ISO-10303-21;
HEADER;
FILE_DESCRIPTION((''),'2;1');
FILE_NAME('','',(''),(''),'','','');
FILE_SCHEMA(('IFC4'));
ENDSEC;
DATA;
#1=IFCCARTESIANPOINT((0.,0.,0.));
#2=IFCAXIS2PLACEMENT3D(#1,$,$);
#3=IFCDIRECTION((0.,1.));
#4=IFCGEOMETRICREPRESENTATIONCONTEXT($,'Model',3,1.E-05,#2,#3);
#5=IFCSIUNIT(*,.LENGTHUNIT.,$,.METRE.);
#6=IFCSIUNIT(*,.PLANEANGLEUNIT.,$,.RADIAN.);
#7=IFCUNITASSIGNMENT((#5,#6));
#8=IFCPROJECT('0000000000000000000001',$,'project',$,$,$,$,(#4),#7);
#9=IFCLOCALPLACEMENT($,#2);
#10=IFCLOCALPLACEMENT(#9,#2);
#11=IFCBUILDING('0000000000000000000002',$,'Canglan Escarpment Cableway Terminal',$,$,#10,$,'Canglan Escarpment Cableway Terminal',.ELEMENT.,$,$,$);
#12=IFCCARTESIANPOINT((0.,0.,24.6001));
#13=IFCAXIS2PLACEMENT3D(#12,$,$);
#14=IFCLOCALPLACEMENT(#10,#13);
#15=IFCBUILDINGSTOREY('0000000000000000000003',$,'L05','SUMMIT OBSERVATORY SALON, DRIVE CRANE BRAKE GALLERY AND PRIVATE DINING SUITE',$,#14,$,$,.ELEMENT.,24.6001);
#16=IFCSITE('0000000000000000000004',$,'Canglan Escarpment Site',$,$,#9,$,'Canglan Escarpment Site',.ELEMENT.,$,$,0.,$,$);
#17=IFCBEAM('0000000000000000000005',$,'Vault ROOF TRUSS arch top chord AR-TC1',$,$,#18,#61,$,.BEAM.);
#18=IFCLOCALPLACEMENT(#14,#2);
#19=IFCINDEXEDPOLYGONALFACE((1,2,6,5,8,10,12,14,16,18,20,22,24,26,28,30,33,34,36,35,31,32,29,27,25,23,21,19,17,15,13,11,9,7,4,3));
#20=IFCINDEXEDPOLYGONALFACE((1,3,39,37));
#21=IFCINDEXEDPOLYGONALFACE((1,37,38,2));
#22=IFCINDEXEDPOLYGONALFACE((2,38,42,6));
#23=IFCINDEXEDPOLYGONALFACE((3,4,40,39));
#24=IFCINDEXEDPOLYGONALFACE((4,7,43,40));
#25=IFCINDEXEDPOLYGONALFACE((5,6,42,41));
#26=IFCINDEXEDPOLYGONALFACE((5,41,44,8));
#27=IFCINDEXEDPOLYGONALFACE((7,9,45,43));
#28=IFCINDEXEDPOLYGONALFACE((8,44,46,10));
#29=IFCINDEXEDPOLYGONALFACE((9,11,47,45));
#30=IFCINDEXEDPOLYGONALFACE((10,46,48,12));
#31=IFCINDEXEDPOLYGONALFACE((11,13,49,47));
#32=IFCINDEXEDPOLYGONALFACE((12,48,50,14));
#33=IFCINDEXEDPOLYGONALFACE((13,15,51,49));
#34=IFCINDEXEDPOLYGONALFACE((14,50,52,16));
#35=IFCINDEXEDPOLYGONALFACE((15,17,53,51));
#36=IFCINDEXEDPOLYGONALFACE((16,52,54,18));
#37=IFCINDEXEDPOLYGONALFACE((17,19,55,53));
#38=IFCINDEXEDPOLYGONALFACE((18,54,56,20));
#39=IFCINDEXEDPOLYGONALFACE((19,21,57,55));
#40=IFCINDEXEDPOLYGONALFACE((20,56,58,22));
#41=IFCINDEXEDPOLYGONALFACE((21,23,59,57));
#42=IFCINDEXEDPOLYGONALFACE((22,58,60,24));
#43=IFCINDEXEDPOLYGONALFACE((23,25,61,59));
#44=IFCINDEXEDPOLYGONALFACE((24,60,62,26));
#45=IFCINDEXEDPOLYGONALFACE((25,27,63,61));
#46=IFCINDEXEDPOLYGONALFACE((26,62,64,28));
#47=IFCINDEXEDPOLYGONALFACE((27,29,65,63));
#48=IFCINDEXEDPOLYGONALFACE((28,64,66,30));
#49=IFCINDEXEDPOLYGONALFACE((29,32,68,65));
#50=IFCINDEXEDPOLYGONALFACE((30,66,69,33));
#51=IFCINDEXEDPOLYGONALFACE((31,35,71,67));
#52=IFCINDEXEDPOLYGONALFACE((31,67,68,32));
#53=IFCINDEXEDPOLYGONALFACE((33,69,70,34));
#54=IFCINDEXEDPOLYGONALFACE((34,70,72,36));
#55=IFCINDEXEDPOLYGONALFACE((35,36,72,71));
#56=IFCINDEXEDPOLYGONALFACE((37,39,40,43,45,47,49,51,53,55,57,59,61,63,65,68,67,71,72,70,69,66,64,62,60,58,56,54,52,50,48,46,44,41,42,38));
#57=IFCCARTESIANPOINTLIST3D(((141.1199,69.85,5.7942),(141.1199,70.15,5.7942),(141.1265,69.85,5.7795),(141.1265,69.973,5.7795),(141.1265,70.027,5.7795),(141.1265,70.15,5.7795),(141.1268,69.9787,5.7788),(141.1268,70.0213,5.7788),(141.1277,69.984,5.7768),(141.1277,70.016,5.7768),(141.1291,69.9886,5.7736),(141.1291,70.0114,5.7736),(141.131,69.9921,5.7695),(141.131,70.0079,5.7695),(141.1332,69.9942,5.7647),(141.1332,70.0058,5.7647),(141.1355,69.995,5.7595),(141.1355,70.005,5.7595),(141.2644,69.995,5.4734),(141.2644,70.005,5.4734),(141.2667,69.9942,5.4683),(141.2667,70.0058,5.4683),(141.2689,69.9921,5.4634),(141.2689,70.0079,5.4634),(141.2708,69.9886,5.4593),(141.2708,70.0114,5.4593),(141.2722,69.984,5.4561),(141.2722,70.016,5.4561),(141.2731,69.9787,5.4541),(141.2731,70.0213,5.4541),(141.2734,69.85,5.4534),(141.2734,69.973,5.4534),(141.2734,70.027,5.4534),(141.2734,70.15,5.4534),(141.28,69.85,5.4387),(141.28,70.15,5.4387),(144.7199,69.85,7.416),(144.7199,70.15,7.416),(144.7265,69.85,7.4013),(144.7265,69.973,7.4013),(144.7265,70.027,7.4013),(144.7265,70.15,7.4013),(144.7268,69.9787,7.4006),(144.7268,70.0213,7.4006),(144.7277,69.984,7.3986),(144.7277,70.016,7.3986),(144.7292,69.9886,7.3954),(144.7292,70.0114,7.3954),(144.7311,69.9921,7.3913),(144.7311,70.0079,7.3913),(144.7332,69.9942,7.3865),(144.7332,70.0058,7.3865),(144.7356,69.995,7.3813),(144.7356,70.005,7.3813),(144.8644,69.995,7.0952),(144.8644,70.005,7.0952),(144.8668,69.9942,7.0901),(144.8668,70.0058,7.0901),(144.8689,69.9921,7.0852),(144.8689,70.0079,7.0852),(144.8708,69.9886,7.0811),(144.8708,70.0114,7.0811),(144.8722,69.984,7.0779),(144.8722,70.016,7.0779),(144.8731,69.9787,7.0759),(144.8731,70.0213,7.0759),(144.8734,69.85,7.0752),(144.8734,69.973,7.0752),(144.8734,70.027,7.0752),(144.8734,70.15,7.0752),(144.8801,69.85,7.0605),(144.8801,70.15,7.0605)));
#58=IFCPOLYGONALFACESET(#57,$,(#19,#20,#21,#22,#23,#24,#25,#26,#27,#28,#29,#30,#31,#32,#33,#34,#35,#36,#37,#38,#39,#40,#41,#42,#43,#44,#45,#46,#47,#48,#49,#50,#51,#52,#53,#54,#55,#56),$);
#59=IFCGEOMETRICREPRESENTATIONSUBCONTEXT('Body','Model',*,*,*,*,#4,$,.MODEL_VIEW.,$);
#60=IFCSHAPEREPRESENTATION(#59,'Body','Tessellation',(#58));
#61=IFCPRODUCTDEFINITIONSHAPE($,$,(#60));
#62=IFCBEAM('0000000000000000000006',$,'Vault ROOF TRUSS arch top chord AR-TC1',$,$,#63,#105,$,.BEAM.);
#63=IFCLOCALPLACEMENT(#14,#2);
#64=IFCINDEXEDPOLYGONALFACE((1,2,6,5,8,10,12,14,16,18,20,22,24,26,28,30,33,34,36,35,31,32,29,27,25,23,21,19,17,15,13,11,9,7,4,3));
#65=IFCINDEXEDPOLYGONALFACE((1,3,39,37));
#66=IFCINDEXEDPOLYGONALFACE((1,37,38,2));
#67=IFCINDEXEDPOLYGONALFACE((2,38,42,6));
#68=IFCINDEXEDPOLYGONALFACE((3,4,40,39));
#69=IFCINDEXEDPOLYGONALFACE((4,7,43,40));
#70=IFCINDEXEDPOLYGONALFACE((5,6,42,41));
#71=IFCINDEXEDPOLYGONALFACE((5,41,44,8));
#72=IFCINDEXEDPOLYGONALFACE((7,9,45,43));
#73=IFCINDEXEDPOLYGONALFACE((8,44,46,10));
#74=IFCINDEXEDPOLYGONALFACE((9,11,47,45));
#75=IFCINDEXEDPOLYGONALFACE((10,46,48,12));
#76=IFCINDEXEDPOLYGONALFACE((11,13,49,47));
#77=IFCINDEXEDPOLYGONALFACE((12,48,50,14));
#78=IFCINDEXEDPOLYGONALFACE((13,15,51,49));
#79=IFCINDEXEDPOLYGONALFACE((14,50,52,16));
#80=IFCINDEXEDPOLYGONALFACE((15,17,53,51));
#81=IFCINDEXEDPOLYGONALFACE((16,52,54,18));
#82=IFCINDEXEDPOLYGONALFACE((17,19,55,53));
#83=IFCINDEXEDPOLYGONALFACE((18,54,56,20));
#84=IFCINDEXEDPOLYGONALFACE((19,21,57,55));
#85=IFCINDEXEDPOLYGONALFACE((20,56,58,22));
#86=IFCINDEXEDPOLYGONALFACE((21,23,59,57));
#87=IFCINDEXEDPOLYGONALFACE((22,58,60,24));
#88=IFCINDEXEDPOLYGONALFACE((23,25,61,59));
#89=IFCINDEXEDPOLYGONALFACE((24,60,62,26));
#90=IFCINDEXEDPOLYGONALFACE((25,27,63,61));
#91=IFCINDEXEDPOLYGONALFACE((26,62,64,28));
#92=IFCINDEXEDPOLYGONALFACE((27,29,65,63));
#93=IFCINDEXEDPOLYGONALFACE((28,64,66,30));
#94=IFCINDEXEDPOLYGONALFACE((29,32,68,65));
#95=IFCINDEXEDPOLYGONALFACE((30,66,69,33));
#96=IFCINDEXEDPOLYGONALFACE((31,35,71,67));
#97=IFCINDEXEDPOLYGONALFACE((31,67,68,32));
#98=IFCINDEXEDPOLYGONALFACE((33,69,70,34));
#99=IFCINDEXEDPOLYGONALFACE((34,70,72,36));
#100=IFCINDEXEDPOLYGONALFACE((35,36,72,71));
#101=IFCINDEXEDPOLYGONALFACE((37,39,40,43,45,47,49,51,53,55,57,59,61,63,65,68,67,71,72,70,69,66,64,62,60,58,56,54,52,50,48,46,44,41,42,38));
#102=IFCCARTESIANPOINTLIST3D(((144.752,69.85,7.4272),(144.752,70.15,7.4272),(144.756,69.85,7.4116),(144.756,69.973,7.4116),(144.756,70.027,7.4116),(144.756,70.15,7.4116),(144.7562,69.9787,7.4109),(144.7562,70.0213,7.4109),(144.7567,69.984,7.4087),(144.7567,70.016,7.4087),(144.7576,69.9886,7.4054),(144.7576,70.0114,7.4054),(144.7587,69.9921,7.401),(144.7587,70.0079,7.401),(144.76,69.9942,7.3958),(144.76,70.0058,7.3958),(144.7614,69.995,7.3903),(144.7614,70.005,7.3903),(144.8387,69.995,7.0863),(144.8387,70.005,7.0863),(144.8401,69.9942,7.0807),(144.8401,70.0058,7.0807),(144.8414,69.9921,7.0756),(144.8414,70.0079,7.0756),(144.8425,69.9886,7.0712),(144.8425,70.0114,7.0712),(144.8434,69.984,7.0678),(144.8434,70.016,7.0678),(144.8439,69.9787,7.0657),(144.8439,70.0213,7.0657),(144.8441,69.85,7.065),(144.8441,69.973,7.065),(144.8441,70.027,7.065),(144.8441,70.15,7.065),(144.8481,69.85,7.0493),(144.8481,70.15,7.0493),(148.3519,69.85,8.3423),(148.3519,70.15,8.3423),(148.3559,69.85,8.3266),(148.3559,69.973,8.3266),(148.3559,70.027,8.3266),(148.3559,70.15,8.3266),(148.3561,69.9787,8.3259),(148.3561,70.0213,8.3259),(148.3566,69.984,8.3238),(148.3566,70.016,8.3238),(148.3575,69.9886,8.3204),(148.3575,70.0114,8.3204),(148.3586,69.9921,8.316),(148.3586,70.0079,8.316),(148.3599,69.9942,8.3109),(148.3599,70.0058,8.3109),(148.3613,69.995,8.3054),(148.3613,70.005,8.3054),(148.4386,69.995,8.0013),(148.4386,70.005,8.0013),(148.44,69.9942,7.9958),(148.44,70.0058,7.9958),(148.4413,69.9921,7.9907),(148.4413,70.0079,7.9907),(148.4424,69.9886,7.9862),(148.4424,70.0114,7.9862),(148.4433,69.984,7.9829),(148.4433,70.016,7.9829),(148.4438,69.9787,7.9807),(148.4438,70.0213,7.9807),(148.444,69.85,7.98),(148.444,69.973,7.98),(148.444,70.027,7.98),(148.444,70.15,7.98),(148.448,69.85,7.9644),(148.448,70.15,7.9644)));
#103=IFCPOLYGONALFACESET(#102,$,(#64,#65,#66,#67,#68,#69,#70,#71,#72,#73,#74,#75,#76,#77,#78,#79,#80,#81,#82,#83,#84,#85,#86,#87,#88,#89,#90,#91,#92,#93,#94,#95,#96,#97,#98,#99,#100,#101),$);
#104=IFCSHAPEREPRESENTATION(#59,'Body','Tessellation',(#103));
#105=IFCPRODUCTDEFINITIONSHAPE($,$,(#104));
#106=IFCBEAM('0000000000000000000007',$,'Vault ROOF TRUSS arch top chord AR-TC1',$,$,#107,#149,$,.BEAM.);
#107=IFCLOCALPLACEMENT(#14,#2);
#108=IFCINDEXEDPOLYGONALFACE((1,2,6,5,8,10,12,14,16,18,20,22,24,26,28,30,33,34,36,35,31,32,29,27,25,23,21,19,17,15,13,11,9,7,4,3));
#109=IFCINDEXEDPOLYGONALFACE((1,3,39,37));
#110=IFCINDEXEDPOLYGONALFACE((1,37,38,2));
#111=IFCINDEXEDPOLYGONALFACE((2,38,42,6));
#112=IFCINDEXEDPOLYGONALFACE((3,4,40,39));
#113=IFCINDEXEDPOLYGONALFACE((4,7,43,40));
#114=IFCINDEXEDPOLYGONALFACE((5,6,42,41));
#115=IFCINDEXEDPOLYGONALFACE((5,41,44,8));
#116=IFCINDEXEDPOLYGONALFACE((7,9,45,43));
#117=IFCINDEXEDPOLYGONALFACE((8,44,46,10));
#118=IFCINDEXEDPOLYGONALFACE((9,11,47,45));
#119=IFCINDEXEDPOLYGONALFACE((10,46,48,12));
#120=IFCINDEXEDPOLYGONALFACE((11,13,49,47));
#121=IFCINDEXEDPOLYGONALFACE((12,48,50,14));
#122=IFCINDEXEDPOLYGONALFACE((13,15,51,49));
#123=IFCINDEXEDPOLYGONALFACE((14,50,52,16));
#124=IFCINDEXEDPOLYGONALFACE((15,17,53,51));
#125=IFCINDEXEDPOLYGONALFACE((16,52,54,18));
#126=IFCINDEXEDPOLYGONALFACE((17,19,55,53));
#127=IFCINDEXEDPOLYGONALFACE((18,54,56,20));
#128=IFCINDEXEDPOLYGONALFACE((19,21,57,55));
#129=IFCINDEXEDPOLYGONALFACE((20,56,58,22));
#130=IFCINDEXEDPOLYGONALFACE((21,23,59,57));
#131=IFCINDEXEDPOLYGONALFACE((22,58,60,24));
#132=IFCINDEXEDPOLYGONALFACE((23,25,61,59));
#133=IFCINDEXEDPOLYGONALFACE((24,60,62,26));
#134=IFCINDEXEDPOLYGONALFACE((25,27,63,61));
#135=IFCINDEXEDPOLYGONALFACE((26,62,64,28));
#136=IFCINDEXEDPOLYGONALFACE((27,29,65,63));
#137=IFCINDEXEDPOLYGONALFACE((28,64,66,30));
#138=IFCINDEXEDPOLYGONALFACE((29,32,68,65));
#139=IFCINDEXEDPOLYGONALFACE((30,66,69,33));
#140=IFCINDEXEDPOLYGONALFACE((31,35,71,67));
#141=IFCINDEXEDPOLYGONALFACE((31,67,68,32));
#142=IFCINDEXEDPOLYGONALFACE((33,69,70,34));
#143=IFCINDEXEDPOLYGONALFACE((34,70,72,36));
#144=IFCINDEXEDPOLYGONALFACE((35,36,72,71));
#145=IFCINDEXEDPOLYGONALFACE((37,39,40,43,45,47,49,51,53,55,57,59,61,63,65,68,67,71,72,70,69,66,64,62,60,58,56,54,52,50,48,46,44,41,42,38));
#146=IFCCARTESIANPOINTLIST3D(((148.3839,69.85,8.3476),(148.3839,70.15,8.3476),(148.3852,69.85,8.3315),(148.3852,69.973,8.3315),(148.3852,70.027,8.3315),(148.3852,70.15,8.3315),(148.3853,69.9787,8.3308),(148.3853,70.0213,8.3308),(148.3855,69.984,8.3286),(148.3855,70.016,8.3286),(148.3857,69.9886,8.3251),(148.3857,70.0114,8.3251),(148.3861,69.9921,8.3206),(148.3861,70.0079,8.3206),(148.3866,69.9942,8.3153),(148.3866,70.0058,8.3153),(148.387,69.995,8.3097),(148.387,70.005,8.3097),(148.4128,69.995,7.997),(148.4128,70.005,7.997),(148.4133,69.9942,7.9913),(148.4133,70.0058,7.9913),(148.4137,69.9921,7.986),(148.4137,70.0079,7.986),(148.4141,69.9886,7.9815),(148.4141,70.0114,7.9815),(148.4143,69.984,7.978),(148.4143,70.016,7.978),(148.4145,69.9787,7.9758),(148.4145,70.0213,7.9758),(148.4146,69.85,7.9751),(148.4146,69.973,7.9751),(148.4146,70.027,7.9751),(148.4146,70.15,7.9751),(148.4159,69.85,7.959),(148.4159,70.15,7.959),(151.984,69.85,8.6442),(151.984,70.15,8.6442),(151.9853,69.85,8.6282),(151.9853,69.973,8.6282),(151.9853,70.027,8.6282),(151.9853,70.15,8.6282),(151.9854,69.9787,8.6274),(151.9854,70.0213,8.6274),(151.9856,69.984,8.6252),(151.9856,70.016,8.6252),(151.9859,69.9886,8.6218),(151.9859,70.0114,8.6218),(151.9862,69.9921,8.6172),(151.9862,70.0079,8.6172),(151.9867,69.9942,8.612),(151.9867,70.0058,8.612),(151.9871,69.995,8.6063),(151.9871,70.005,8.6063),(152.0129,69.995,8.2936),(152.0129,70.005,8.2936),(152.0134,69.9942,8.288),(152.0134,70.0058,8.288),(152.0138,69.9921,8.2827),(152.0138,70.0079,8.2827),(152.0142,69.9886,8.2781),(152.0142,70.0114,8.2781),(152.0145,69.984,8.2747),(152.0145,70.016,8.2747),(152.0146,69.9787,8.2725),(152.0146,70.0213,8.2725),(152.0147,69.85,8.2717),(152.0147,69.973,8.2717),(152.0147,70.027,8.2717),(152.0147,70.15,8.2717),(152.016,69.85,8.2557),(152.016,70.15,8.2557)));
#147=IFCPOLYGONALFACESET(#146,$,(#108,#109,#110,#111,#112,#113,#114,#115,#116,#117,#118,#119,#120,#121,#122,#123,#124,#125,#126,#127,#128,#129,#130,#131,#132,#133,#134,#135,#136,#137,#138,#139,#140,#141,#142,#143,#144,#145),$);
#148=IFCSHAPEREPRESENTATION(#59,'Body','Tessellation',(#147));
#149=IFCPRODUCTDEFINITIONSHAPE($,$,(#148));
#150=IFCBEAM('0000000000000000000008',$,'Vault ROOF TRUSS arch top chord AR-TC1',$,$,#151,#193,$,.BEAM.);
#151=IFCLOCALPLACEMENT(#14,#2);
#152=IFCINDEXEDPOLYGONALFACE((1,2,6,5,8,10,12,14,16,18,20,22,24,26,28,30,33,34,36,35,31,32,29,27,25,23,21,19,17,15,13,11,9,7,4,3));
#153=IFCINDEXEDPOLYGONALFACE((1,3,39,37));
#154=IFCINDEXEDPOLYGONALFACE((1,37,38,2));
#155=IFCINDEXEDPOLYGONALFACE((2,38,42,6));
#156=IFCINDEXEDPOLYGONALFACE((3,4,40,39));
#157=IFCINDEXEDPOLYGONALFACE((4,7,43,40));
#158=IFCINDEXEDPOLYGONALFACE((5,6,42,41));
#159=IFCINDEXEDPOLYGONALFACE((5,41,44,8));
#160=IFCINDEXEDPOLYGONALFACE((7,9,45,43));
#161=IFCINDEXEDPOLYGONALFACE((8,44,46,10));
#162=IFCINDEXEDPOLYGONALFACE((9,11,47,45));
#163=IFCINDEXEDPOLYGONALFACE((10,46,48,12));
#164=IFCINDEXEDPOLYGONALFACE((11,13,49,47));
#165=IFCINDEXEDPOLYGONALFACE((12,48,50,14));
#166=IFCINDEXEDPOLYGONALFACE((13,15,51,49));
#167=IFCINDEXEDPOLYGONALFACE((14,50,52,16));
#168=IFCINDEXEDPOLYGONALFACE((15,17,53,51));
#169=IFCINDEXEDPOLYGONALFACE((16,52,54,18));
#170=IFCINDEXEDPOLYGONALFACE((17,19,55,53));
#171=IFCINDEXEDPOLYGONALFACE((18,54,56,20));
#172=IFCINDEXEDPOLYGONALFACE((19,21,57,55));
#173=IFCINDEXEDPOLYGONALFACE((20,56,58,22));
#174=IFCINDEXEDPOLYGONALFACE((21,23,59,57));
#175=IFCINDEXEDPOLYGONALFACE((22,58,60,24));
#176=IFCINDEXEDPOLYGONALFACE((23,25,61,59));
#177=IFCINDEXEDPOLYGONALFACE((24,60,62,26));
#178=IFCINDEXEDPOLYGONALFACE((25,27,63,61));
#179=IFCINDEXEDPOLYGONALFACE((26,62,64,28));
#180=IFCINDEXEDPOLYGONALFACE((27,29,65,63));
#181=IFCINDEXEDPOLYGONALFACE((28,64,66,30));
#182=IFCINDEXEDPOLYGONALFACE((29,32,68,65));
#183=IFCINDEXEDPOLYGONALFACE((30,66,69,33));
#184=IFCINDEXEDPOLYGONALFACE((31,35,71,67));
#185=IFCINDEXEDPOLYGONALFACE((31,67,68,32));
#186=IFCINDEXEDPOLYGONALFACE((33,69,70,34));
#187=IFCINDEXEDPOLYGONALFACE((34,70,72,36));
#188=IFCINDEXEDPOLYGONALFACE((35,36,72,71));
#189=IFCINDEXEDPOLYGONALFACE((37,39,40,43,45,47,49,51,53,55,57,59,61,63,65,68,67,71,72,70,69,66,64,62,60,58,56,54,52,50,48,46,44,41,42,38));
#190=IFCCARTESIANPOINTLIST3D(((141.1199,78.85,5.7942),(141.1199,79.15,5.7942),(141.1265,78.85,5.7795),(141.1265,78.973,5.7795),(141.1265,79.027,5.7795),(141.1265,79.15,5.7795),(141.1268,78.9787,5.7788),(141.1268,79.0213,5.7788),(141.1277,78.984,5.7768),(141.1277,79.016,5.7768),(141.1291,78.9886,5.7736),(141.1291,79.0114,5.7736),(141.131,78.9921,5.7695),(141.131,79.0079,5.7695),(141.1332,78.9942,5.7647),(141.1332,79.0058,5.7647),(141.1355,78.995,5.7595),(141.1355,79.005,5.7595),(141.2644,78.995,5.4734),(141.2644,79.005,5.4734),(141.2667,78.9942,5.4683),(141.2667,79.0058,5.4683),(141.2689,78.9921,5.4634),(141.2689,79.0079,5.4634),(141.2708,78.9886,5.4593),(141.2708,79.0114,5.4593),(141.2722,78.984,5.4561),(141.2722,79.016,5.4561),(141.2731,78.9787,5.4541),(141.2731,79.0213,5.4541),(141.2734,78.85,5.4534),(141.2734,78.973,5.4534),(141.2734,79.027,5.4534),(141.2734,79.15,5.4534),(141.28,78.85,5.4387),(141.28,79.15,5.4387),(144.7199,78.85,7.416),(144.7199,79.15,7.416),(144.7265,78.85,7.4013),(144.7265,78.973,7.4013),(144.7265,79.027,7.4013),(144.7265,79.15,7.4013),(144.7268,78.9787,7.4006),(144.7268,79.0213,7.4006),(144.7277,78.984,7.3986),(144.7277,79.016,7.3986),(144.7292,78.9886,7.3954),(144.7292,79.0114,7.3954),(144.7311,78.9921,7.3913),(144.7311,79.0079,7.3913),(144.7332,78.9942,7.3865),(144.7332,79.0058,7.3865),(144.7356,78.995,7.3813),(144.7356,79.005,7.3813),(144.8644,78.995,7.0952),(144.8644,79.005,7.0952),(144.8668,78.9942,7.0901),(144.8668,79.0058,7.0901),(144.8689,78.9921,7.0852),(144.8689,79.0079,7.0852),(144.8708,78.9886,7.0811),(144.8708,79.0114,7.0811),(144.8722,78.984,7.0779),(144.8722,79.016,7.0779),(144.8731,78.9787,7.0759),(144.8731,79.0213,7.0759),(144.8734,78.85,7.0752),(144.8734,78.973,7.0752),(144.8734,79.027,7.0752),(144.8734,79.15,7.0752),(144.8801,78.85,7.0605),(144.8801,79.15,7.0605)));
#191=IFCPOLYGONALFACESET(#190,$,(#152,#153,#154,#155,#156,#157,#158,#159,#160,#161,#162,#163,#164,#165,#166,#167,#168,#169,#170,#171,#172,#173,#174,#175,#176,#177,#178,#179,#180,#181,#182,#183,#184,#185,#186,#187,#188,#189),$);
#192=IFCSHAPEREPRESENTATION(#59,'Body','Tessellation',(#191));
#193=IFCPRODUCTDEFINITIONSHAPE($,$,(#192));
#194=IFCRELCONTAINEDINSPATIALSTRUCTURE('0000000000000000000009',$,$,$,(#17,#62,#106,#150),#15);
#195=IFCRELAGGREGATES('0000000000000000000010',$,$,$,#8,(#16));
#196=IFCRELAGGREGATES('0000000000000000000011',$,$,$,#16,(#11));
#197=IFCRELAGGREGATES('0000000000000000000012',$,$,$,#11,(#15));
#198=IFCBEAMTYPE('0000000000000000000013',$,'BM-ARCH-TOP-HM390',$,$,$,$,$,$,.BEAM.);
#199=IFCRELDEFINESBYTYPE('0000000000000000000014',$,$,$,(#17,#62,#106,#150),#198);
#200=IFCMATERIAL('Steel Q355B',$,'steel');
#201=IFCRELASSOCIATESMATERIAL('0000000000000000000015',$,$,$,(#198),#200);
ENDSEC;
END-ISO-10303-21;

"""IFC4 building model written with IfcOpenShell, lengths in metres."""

from ifc_helpers import new_model, si_unit, direction, frame, origin, origin_2d, place, context, subcontext, project, spatial, i_section, extrude, material, material_profile, profile_set, type_object, element, save


model = new_model("IFC4")

# Units and contexts
model_context = context("Model", 3, precision=1e-05, world=origin(), true_north=direction((0.0, 1.0)))
body_context = subcontext(model_context, "Body", "Model", "MODEL_VIEW")
ifc_project = project(units=[si_unit("LENGTHUNIT", "METRE"), si_unit("PLANEANGLEUNIT", "RADIAN")], contexts=[model_context])

# Site, building, storey
site_placement = place(None, origin())
site = spatial("IfcSite", under=ifc_project, at=site_placement, Name="Canglan Escarpment Site", LongName="Canglan Escarpment Site", CompositionType="ELEMENT", RefElevation=0.0)
building_placement = place(site_placement, origin())
building = spatial("IfcBuilding", under=site, at=building_placement, Name="Canglan Escarpment Cableway Terminal", LongName="Canglan Escarpment Cableway Terminal", CompositionType="ELEMENT")
storey_placement = place(building_placement, frame((0.0, 0.0, 24.6001)))
storey = spatial("IfcBuildingStorey", under=building, at=storey_placement, Name="L05", Description="SUMMIT OBSERVATORY SALON, DRIVE CRANE BRAKE GALLERY AND PRIVATE DINING SUITE", CompositionType="ELEMENT", Elevation=24.6001)

# Beams
ifc_material_1 = material(Name="Steel Q355B", Category="steel")
ifc_material_profile_1 = material_profile(ifc_material_1, i_section(OverallWidth=0.3, OverallDepth=0.3899, WebThickness=0.01, FlangeThickness=0.0161, FilletRadius=0.022, at=origin_2d()), Name="HM 390x300x10x16")
ifc_profile_set_1 = profile_set([ifc_material_profile_1], Name="Steel Q355B")
beam_type = type_object("IfcBeamType", Name="BM-ARCH-TOP-HM390", PredefinedType="BEAM", material=ifc_profile_set_1)
beam_1_placement = place(storey_placement, frame((141.2, 70.0, 5.6165), z_axis=(0.911753, 0.0, 0.41074), x_axis=(0.0, 1.0, 0.0)))
element("IfcBeam", 1, at=beam_1_placement, inside=storey, type_object=beam_type, Name="Vault ROOF TRUSS arch top chord AR-TC1", PredefinedType="BEAM", context=body_context, shape_type="SweptSolid", body=[
    extrude(i_section(OverallWidth=0.3, OverallDepth=0.3899, WebThickness=0.01, FlangeThickness=0.0161, FilletRadius=0.022, at=origin_2d()), origin(), (0.0, 0.0, 1.0), 3.9485),
])
beam_2_placement = place(storey_placement, frame((144.8, 70.0, 7.2383), z_axis=(0.96918, 0.0, 0.246354), x_axis=(0.0, 1.0, 0.0)))
element("IfcBeam", 2, at=beam_2_placement, inside=storey, type_object=beam_type, Name="Vault ROOF TRUSS arch top chord AR-TC1", PredefinedType="BEAM", context=body_context, shape_type="SweptSolid", body=[
    extrude(i_section(OverallWidth=0.3, OverallDepth=0.3899, WebThickness=0.01, FlangeThickness=0.0161, FilletRadius=0.022, at=origin_2d()), origin(), (0.0, 0.0, 1.0), 3.7144),
])
beam_3_placement = place(storey_placement, frame((148.3999, 70.0, 8.1533), z_axis=(0.996623, 0.0, 0.082117), x_axis=(0.0, 1.0, 0.0)))
element("IfcBeam", 3, at=beam_3_placement, inside=storey, type_object=beam_type, Name="Vault ROOF TRUSS arch top chord AR-TC1", PredefinedType="BEAM", context=body_context, shape_type="SweptSolid", body=[
    extrude(i_section(OverallWidth=0.3, OverallDepth=0.3899, WebThickness=0.01, FlangeThickness=0.0161, FilletRadius=0.022, at=origin_2d()), origin(), (0.0, 0.0, 1.0), 3.6123),
])
beam_4_placement = place(storey_placement, frame((141.2, 79.0, 5.6165), z_axis=(0.911753, 0.0, 0.41074), x_axis=(0.0, 1.0, 0.0)))
element("IfcBeam", 4, at=beam_4_placement, inside=storey, type_object=beam_type, Name="Vault ROOF TRUSS arch top chord AR-TC1", PredefinedType="BEAM", context=body_context, shape_type="SweptSolid", body=[
    extrude(i_section(OverallWidth=0.3, OverallDepth=0.3899, WebThickness=0.01, FlangeThickness=0.0161, FilletRadius=0.022, at=origin_2d()), origin(), (0.0, 0.0, 1.0), 3.9485),
])

save(model, "model.ifc")
